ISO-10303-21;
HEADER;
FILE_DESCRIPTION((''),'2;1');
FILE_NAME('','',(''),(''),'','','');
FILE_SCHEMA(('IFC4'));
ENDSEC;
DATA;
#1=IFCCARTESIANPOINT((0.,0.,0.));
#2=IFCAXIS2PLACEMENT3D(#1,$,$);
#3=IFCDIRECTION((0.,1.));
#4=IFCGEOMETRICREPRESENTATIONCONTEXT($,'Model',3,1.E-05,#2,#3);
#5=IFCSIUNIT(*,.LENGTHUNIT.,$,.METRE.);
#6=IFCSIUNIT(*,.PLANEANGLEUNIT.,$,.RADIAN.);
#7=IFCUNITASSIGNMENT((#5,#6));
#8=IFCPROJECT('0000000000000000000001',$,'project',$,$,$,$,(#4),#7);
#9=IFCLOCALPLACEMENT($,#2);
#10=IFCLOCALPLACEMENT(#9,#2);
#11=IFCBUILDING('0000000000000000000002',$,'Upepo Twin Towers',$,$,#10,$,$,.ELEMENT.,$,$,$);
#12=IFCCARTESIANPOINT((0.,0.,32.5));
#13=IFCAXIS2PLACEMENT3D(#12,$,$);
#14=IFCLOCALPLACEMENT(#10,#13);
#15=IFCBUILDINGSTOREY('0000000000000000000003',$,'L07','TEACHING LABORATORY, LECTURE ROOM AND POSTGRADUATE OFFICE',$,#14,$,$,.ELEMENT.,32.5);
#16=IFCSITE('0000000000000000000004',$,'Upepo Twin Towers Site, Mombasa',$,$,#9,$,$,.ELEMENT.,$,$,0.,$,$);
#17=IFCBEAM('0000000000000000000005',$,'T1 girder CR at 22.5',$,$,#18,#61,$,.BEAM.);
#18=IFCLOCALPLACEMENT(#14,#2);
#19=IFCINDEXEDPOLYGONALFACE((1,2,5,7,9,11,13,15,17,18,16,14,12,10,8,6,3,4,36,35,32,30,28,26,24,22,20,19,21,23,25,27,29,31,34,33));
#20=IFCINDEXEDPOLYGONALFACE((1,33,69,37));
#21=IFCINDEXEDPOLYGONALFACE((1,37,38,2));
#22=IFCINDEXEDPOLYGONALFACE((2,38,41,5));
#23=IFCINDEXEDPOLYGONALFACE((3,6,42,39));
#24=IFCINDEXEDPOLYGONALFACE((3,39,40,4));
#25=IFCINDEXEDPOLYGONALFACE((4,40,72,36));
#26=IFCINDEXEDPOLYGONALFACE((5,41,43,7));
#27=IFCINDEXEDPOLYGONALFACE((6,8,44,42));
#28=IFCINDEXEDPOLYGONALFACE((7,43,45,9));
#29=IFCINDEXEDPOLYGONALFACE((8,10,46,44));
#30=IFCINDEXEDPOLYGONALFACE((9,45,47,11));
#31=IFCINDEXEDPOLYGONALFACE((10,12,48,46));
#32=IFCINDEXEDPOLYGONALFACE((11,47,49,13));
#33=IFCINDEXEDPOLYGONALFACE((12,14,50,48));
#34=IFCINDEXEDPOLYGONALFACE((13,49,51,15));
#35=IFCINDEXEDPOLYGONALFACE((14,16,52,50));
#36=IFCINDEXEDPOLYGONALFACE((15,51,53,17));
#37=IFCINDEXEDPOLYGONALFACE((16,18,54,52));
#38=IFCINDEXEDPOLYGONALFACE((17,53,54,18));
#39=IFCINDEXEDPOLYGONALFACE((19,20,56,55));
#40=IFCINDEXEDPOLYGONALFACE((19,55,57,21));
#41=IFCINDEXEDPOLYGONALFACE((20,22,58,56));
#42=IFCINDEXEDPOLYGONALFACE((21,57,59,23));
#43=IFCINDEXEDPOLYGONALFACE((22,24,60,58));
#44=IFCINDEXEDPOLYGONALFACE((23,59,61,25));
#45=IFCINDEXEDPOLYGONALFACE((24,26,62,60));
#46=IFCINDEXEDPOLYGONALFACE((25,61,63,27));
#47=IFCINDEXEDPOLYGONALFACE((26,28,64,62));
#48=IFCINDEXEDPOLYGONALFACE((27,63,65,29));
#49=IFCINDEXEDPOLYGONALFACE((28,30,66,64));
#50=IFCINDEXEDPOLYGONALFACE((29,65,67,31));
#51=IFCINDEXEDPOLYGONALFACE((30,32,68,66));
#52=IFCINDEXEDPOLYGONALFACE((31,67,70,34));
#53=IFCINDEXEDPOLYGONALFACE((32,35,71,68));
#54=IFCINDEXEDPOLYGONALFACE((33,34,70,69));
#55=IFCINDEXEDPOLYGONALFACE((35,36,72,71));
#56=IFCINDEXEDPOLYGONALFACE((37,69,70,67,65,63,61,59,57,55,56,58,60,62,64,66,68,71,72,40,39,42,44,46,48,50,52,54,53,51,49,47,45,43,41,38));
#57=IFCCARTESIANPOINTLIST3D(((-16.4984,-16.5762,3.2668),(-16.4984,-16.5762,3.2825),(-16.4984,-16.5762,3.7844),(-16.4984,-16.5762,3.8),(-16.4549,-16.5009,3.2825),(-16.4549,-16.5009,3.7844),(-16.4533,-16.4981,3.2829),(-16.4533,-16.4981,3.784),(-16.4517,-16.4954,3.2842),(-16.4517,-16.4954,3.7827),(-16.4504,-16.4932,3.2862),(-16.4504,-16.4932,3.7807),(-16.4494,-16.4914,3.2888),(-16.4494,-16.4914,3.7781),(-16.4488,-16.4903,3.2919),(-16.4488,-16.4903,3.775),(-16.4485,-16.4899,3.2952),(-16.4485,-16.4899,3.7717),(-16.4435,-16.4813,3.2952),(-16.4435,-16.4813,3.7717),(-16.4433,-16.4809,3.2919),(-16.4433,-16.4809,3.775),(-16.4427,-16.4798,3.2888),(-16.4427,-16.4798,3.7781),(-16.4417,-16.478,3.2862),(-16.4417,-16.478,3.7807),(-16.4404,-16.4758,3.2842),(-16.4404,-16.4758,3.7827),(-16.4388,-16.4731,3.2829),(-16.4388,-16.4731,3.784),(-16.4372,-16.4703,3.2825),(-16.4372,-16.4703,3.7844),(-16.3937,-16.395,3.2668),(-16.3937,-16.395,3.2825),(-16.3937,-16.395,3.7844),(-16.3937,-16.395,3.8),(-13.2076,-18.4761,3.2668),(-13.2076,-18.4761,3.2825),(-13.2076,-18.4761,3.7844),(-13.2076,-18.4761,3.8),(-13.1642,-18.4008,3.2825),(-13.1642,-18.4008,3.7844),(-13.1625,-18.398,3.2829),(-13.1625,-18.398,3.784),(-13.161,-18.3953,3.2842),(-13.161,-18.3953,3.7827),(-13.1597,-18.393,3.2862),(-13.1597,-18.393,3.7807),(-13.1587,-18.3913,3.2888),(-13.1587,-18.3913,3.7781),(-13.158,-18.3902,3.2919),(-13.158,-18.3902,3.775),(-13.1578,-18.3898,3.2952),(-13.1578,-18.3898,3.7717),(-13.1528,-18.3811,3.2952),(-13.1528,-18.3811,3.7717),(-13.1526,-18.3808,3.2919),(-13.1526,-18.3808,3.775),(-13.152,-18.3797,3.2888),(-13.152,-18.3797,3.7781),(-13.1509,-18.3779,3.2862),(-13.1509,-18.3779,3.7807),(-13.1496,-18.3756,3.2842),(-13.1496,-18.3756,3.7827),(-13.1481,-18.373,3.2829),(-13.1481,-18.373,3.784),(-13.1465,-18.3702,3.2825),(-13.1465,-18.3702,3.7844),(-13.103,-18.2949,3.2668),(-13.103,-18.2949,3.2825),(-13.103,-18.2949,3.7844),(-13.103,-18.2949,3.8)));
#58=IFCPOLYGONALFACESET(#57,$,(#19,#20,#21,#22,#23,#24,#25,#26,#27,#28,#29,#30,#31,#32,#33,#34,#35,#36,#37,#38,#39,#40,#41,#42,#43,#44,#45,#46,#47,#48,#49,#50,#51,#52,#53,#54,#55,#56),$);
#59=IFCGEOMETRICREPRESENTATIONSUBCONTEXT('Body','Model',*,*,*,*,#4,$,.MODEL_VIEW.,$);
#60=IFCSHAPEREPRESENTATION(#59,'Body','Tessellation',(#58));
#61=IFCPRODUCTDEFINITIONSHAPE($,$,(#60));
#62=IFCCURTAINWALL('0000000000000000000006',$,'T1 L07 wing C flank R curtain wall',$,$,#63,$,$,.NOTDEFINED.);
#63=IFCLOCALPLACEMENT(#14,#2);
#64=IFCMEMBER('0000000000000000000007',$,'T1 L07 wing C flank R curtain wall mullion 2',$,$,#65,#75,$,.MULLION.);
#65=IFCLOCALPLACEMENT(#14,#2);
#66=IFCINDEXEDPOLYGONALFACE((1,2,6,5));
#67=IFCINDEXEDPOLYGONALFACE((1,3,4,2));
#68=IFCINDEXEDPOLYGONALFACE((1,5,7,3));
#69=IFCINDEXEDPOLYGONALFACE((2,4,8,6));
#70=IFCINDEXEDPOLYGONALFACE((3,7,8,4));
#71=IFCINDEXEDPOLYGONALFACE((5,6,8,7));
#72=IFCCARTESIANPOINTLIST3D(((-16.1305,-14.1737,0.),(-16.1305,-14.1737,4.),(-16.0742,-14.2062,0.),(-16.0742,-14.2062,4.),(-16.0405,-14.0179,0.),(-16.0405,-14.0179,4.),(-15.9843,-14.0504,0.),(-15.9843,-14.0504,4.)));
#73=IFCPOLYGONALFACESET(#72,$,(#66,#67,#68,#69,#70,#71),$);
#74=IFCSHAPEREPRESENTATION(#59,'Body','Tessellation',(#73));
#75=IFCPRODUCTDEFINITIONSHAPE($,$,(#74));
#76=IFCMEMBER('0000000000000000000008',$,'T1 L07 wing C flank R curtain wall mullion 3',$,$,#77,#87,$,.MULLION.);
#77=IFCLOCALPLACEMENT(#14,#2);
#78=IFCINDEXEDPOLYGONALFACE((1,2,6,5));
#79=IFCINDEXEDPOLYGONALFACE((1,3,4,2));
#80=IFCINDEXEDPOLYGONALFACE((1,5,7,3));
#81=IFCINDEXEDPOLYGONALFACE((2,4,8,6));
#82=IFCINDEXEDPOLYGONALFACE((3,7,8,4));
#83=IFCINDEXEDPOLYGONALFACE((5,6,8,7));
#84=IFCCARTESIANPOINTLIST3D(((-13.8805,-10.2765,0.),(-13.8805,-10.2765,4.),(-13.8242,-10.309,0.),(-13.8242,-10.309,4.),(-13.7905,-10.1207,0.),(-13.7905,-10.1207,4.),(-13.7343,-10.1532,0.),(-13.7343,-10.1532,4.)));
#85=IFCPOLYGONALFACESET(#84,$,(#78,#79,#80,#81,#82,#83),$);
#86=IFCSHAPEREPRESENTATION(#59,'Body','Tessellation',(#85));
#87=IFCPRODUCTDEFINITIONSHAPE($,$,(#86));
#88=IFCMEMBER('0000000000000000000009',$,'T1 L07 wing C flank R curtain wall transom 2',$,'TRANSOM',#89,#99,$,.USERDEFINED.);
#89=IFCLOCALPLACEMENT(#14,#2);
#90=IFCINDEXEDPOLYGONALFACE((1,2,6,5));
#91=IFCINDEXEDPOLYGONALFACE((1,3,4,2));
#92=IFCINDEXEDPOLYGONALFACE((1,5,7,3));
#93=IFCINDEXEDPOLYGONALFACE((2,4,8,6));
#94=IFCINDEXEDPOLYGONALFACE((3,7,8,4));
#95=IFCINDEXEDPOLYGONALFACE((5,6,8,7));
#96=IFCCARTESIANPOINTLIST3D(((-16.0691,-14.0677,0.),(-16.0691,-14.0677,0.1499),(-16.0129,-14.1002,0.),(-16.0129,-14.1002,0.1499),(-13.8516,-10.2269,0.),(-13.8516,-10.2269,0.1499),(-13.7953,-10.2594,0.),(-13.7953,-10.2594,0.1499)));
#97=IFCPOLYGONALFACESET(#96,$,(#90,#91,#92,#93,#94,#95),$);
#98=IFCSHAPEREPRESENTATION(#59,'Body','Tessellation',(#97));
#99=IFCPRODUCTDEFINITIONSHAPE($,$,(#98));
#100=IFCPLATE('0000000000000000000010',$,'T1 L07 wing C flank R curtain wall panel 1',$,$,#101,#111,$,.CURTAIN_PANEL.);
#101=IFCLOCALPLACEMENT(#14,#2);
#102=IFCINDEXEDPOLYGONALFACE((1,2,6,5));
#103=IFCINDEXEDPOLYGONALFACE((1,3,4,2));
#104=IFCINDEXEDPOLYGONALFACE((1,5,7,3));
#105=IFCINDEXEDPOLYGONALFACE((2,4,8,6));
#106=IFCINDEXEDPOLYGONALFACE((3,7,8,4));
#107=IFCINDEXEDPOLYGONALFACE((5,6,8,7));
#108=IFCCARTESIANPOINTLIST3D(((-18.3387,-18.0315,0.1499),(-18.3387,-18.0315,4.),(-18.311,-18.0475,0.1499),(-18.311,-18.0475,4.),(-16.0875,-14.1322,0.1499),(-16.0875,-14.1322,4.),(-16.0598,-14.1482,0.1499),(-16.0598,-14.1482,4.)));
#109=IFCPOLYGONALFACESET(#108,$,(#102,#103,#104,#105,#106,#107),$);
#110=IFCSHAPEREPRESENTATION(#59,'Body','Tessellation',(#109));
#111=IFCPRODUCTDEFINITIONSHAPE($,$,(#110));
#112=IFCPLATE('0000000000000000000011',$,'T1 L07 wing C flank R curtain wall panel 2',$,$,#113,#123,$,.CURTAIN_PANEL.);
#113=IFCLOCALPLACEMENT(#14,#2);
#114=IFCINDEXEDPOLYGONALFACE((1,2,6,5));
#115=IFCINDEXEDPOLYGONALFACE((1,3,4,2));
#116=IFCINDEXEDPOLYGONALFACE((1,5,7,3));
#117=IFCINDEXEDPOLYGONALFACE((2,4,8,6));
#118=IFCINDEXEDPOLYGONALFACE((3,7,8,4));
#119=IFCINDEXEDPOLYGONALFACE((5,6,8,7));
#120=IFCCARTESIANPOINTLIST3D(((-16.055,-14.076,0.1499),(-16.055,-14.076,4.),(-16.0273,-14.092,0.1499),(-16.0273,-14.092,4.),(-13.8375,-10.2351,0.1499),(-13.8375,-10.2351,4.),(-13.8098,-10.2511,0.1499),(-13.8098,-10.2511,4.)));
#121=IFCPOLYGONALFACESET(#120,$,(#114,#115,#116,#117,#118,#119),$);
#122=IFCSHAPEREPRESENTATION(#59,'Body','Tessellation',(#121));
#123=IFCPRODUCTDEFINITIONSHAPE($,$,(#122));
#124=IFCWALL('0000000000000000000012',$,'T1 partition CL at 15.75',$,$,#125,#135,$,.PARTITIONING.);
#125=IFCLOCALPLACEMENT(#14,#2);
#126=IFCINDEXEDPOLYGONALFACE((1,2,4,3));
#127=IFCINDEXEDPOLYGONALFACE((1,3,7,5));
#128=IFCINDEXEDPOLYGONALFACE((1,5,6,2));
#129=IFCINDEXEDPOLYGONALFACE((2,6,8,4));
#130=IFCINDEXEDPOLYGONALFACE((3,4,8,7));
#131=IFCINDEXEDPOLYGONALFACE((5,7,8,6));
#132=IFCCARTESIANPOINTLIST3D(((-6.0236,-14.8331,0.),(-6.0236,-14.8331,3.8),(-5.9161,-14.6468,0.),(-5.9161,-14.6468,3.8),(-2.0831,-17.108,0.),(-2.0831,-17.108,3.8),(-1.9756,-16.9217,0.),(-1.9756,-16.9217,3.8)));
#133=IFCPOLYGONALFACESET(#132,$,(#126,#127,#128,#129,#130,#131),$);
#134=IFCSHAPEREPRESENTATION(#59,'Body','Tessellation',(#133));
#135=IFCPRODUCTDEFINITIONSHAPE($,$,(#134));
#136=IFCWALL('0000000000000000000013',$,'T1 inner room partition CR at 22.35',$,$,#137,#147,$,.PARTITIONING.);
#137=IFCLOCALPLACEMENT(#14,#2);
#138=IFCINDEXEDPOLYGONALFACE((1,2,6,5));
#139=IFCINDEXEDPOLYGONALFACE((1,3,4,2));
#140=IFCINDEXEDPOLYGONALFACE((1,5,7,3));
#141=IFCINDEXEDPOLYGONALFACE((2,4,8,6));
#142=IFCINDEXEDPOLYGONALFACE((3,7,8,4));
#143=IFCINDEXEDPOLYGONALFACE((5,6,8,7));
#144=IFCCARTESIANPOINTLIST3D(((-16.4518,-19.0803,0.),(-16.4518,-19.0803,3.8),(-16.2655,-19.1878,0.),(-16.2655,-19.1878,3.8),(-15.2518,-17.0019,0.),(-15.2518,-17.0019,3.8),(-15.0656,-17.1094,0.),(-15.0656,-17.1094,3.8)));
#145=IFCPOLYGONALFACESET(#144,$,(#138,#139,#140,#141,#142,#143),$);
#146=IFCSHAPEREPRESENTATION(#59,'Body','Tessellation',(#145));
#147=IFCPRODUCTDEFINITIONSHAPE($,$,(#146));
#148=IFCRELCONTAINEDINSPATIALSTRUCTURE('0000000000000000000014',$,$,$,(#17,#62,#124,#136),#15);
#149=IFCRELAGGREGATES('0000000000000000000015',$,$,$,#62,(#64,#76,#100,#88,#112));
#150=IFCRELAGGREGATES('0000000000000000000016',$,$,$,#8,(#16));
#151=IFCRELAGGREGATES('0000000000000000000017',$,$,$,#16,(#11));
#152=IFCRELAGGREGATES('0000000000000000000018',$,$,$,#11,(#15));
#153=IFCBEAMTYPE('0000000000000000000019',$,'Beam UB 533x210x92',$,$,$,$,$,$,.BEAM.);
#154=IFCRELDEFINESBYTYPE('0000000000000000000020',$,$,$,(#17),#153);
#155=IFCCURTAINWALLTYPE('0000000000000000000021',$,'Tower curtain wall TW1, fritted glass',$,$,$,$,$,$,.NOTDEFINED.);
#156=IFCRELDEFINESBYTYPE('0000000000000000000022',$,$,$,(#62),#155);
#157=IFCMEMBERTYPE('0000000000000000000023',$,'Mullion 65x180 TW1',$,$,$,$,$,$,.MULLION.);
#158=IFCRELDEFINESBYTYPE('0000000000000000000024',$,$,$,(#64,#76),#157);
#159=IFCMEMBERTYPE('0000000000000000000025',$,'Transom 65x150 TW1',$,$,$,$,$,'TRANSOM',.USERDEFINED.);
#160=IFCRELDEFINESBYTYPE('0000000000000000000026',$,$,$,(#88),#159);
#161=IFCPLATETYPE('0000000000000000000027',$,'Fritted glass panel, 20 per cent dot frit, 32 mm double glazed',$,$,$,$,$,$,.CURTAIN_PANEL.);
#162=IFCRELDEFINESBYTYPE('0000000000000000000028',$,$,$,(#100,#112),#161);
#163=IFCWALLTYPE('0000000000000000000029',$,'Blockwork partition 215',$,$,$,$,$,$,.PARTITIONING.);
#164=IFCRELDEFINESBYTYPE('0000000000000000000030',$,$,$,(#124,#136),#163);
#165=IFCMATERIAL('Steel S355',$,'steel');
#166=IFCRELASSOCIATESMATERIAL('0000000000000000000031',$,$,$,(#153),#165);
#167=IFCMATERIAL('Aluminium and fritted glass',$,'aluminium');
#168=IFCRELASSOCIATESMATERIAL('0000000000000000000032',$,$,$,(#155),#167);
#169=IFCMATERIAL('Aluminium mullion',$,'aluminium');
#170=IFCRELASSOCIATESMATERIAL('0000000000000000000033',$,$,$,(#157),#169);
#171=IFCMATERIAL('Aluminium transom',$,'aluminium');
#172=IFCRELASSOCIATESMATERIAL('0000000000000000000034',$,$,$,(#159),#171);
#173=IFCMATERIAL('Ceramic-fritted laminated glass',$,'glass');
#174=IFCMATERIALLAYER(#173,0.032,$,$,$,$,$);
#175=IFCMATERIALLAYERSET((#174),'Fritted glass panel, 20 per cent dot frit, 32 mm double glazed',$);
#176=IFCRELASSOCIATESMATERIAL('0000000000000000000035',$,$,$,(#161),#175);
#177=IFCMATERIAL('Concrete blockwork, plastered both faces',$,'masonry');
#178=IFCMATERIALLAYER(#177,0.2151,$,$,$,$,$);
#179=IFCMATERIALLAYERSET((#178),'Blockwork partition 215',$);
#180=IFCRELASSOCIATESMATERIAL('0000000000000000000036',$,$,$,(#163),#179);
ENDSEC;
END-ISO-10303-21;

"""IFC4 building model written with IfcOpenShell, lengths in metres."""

from ifc_helpers import new_model, si_unit, direction, frame, frame_2d, origin, origin_2d, place, context, subcontext, project, spatial, rectangle, i_section, extrude, material, layer, layer_set, material_profile, profile_set, type_object, element, aggregate, save


model = new_model("IFC4")

# Units and contexts
model_context = context("Model", 3, precision=1e-05, world=origin(), true_north=direction((0.0, 1.0)))
body_context = subcontext(model_context, "Body", "Model", "MODEL_VIEW")
ifc_project = project(units=[si_unit("LENGTHUNIT", "METRE"), si_unit("PLANEANGLEUNIT", "RADIAN")], contexts=[model_context])

# Site, building, storey
site_placement = place(None, origin())
site = spatial("IfcSite", under=ifc_project, at=site_placement, Name="Upepo Twin Towers Site, Mombasa", CompositionType="ELEMENT", RefElevation=0.0)
building_placement = place(site_placement, origin())
building = spatial("IfcBuilding", under=site, at=building_placement, Name="Upepo Twin Towers", CompositionType="ELEMENT")
storey_placement = place(building_placement, frame((0.0, 0.0, 32.5)))
storey = spatial("IfcBuildingStorey", under=building, at=storey_placement, Name="L07", Description="TEACHING LABORATORY, LECTURE ROOM AND POSTGRADUATE OFFICE", CompositionType="ELEMENT", Elevation=32.5)

# Beam
ifc_material_1 = material(Name="Steel S355", Category="steel")
ifc_material_profile_1 = material_profile(ifc_material_1, i_section(OverallWidth=0.2092, OverallDepth=0.5332, WebThickness=0.01, FlangeThickness=0.0156, FilletRadius=0.0127, at=origin_2d()), Name="UB 533x210x92")
ifc_profile_set_1 = profile_set([ifc_material_profile_1], Name="Steel S355")
beam_type_1 = type_object("IfcBeamType", Name="Beam UB 533x210x92", PredefinedType="BEAM", material=ifc_profile_set_1)
beam_1_placement = place(storey_placement, frame((-16.446, -16.4856, 3.5334), z_axis=(0.866028, -0.499995, 0.0), x_axis=(0.499995, 0.866028, 0.0)))
element("IfcBeam", 1, at=beam_1_placement, inside=storey, type_object=beam_type_1, Name="T1 girder CR at 22.5", PredefinedType="BEAM", context=body_context, shape_type="SweptSolid", body=[
    extrude(i_section(OverallWidth=0.2092, OverallDepth=0.5332, WebThickness=0.01, FlangeThickness=0.0156, FilletRadius=0.0127, at=origin_2d()), origin(), (0.0, 0.0, 1.0), 3.7998),
])

# Curtain wall, members, plates
ifc_material_2 = material(Name="Aluminium and fritted glass", Category="aluminium")
curtain_wall_type = type_object("IfcCurtainWallType", Name="Tower curtain wall TW1, fritted glass", PredefinedType="NOTDEFINED", material=ifc_material_2)
curtain_wall_placement = place(storey_placement, origin())
curtain_wall = element("IfcCurtainWall", 2, at=curtain_wall_placement, inside=storey, type_object=curtain_wall_type, Name="T1 L07 wing C flank R curtain wall", PredefinedType="NOTDEFINED")
ifc_material_3 = material(Name="Aluminium mullion", Category="aluminium")
ifc_material_profile_2 = material_profile(ifc_material_3, rectangle(XDim=0.0649, YDim=0.1799, at=origin_2d()), Name="MULLION 65x180")
ifc_profile_set_2 = profile_set([ifc_material_profile_2], Name="Aluminium mullion")
member_type_1 = type_object("IfcMemberType", Name="Mullion 65x180 TW1", PredefinedType="MULLION", material=ifc_profile_set_2)
member_1_placement = place(storey_placement, frame((-16.0574, -14.1121, 0.0), z_axis=(0.0, 0.0, 1.0), x_axis=(-0.866025, 0.5, 0.0)))
member_1 = element("IfcMember", 3, at=member_1_placement, type_object=member_type_1, Name="T1 L07 wing C flank R curtain wall mullion 2", PredefinedType="MULLION", context=body_context, shape_type="SweptSolid", body=[
    extrude(rectangle(XDim=0.0649, YDim=0.1799, at=origin_2d()), origin(), (0.0, 0.0, 1.0), 4.0),
])
member_2_placement = place(storey_placement, frame((-13.8074, -10.2148, 0.0), z_axis=(0.0, 0.0, 1.0), x_axis=(-0.866025, 0.5, 0.0)))
member_2 = element("IfcMember", 4, at=member_2_placement, type_object=member_type_1, Name="T1 L07 wing C flank R curtain wall mullion 3", PredefinedType="MULLION", context=body_context, shape_type="SweptSolid", body=[
    extrude(rectangle(XDim=0.0649, YDim=0.1799, at=origin_2d()), origin(), (0.0, 0.0, 1.0), 4.0),
])
ifc_material_4 = material(Name="Aluminium transom", Category="aluminium")
ifc_material_profile_3 = material_profile(ifc_material_4, rectangle(XDim=0.0649, YDim=0.1499, at=origin_2d()), Name="TRANSOM 65x150")
ifc_profile_set_3 = profile_set([ifc_material_profile_3], Name="Aluminium transom")
member_type_2 = type_object("IfcMemberType", Name="Transom 65x150 TW1", ElementType="TRANSOM", PredefinedType="USERDEFINED", material=ifc_profile_set_3)
member_3_placement = place(storey_placement, frame((-16.041, -14.084, 0.075), z_axis=(0.500005, 0.866022, 0.0), x_axis=(-0.866022, 0.500005, 0.0)))
member_3 = element("IfcMember", 5, at=member_3_placement, type_object=member_type_2, Name="T1 L07 wing C flank R curtain wall transom 2", ObjectType="TRANSOM", PredefinedType="USERDEFINED", context=body_context, shape_type="SweptSolid", body=[
    extrude(rectangle(XDim=0.0649, YDim=0.1499, at=origin_2d()), origin(), (0.0, 0.0, 1.0), 4.4351),
])
ifc_material_5 = material(Name="Ceramic-fritted laminated glass", Category="glass")
ifc_layer_1 = layer(ifc_material_5, 0.032)
ifc_layer_set_1 = layer_set([ifc_layer_1], Name="Fritted glass panel, 20 per cent dot frit, 32 mm double glazed")
plate_type = type_object("IfcPlateType", Name="Fritted glass panel, 20 per cent dot frit, 32 mm double glazed", PredefinedType="CURTAIN_PANEL", material=ifc_layer_set_1)
plate_1_placement = place(storey_placement, frame((-17.1992, -16.0898, 0.1499), z_axis=(0.0, 0.0, 1.0), x_axis=(0.5, 0.866025, 0.0)))
plate_1 = element("IfcPlate", 6, at=plate_1_placement, type_object=plate_type, Name="T1 L07 wing C flank R curtain wall panel 1", PredefinedType="CURTAIN_PANEL", context=body_context, shape_type="SweptSolid", body=[
    extrude(rectangle(XDim=4.5024, YDim=0.032, at=origin_2d()), origin(), (0.0, 0.0, 1.0), 3.8501),
])
plate_2_placement = place(storey_placement, frame((-14.9324, -12.1636, 0.1499), z_axis=(0.0, 0.0, 1.0), x_axis=(0.5, 0.866025, 0.0)))
plate_2 = element("IfcPlate", 7, at=plate_2_placement, type_object=plate_type, Name="T1 L07 wing C flank R curtain wall panel 2", PredefinedType="CURTAIN_PANEL", context=body_context, shape_type="SweptSolid", body=[
    extrude(rectangle(XDim=4.4351, YDim=0.032, at=origin_2d()), origin(), (0.0, 0.0, 1.0), 3.8501),
])
aggregate(curtain_wall, [member_1, member_2, plate_1, member_3, plate_2])

# Walls
ifc_material_6 = material(Name="Concrete blockwork, plastered both faces", Category="masonry")
ifc_layer_2 = layer(ifc_material_6, 0.2151)
ifc_layer_set_2 = layer_set([ifc_layer_2], Name="Blockwork partition 215")
wall_type_1 = type_object("IfcWallType", Name="Blockwork partition 215", PredefinedType="PARTITIONING", material=ifc_layer_set_2)
wall_1_placement = place(storey_placement, frame((-5.9697, -14.74, 0.0), z_axis=(0.0, 0.0, 1.0), x_axis=(0.866035, -0.499983, 0.0)))
element("IfcWall", 8, at=wall_1_placement, inside=storey, type_object=wall_type_1, Name="T1 partition CL at 15.75", PredefinedType="PARTITIONING", context=body_context, shape_type="SweptSolid", body=[
    extrude(rectangle(XDim=4.55, YDim=0.2151, at=frame_2d((2.2749, 0.0))), origin(), (0.0, 0.0, 1.0), 3.8),
])
wall_2_placement = place(storey_placement, frame((-15.1587, -17.0557, 0.0), z_axis=(0.0, 0.0, 1.0), x_axis=(-0.500001, -0.866025, 0.0)))
element("IfcWall", 9, at=wall_2_placement, inside=storey, type_object=wall_type_1, Name="T1 inner room partition CR at 22.35", PredefinedType="PARTITIONING", context=body_context, shape_type="SweptSolid", body=[
    extrude(rectangle(XDim=2.3999, YDim=0.2151, at=frame_2d((1.2, 0.0))), origin(), (0.0, 0.0, 1.0), 3.8),
])

save(model, "model.ifc")
